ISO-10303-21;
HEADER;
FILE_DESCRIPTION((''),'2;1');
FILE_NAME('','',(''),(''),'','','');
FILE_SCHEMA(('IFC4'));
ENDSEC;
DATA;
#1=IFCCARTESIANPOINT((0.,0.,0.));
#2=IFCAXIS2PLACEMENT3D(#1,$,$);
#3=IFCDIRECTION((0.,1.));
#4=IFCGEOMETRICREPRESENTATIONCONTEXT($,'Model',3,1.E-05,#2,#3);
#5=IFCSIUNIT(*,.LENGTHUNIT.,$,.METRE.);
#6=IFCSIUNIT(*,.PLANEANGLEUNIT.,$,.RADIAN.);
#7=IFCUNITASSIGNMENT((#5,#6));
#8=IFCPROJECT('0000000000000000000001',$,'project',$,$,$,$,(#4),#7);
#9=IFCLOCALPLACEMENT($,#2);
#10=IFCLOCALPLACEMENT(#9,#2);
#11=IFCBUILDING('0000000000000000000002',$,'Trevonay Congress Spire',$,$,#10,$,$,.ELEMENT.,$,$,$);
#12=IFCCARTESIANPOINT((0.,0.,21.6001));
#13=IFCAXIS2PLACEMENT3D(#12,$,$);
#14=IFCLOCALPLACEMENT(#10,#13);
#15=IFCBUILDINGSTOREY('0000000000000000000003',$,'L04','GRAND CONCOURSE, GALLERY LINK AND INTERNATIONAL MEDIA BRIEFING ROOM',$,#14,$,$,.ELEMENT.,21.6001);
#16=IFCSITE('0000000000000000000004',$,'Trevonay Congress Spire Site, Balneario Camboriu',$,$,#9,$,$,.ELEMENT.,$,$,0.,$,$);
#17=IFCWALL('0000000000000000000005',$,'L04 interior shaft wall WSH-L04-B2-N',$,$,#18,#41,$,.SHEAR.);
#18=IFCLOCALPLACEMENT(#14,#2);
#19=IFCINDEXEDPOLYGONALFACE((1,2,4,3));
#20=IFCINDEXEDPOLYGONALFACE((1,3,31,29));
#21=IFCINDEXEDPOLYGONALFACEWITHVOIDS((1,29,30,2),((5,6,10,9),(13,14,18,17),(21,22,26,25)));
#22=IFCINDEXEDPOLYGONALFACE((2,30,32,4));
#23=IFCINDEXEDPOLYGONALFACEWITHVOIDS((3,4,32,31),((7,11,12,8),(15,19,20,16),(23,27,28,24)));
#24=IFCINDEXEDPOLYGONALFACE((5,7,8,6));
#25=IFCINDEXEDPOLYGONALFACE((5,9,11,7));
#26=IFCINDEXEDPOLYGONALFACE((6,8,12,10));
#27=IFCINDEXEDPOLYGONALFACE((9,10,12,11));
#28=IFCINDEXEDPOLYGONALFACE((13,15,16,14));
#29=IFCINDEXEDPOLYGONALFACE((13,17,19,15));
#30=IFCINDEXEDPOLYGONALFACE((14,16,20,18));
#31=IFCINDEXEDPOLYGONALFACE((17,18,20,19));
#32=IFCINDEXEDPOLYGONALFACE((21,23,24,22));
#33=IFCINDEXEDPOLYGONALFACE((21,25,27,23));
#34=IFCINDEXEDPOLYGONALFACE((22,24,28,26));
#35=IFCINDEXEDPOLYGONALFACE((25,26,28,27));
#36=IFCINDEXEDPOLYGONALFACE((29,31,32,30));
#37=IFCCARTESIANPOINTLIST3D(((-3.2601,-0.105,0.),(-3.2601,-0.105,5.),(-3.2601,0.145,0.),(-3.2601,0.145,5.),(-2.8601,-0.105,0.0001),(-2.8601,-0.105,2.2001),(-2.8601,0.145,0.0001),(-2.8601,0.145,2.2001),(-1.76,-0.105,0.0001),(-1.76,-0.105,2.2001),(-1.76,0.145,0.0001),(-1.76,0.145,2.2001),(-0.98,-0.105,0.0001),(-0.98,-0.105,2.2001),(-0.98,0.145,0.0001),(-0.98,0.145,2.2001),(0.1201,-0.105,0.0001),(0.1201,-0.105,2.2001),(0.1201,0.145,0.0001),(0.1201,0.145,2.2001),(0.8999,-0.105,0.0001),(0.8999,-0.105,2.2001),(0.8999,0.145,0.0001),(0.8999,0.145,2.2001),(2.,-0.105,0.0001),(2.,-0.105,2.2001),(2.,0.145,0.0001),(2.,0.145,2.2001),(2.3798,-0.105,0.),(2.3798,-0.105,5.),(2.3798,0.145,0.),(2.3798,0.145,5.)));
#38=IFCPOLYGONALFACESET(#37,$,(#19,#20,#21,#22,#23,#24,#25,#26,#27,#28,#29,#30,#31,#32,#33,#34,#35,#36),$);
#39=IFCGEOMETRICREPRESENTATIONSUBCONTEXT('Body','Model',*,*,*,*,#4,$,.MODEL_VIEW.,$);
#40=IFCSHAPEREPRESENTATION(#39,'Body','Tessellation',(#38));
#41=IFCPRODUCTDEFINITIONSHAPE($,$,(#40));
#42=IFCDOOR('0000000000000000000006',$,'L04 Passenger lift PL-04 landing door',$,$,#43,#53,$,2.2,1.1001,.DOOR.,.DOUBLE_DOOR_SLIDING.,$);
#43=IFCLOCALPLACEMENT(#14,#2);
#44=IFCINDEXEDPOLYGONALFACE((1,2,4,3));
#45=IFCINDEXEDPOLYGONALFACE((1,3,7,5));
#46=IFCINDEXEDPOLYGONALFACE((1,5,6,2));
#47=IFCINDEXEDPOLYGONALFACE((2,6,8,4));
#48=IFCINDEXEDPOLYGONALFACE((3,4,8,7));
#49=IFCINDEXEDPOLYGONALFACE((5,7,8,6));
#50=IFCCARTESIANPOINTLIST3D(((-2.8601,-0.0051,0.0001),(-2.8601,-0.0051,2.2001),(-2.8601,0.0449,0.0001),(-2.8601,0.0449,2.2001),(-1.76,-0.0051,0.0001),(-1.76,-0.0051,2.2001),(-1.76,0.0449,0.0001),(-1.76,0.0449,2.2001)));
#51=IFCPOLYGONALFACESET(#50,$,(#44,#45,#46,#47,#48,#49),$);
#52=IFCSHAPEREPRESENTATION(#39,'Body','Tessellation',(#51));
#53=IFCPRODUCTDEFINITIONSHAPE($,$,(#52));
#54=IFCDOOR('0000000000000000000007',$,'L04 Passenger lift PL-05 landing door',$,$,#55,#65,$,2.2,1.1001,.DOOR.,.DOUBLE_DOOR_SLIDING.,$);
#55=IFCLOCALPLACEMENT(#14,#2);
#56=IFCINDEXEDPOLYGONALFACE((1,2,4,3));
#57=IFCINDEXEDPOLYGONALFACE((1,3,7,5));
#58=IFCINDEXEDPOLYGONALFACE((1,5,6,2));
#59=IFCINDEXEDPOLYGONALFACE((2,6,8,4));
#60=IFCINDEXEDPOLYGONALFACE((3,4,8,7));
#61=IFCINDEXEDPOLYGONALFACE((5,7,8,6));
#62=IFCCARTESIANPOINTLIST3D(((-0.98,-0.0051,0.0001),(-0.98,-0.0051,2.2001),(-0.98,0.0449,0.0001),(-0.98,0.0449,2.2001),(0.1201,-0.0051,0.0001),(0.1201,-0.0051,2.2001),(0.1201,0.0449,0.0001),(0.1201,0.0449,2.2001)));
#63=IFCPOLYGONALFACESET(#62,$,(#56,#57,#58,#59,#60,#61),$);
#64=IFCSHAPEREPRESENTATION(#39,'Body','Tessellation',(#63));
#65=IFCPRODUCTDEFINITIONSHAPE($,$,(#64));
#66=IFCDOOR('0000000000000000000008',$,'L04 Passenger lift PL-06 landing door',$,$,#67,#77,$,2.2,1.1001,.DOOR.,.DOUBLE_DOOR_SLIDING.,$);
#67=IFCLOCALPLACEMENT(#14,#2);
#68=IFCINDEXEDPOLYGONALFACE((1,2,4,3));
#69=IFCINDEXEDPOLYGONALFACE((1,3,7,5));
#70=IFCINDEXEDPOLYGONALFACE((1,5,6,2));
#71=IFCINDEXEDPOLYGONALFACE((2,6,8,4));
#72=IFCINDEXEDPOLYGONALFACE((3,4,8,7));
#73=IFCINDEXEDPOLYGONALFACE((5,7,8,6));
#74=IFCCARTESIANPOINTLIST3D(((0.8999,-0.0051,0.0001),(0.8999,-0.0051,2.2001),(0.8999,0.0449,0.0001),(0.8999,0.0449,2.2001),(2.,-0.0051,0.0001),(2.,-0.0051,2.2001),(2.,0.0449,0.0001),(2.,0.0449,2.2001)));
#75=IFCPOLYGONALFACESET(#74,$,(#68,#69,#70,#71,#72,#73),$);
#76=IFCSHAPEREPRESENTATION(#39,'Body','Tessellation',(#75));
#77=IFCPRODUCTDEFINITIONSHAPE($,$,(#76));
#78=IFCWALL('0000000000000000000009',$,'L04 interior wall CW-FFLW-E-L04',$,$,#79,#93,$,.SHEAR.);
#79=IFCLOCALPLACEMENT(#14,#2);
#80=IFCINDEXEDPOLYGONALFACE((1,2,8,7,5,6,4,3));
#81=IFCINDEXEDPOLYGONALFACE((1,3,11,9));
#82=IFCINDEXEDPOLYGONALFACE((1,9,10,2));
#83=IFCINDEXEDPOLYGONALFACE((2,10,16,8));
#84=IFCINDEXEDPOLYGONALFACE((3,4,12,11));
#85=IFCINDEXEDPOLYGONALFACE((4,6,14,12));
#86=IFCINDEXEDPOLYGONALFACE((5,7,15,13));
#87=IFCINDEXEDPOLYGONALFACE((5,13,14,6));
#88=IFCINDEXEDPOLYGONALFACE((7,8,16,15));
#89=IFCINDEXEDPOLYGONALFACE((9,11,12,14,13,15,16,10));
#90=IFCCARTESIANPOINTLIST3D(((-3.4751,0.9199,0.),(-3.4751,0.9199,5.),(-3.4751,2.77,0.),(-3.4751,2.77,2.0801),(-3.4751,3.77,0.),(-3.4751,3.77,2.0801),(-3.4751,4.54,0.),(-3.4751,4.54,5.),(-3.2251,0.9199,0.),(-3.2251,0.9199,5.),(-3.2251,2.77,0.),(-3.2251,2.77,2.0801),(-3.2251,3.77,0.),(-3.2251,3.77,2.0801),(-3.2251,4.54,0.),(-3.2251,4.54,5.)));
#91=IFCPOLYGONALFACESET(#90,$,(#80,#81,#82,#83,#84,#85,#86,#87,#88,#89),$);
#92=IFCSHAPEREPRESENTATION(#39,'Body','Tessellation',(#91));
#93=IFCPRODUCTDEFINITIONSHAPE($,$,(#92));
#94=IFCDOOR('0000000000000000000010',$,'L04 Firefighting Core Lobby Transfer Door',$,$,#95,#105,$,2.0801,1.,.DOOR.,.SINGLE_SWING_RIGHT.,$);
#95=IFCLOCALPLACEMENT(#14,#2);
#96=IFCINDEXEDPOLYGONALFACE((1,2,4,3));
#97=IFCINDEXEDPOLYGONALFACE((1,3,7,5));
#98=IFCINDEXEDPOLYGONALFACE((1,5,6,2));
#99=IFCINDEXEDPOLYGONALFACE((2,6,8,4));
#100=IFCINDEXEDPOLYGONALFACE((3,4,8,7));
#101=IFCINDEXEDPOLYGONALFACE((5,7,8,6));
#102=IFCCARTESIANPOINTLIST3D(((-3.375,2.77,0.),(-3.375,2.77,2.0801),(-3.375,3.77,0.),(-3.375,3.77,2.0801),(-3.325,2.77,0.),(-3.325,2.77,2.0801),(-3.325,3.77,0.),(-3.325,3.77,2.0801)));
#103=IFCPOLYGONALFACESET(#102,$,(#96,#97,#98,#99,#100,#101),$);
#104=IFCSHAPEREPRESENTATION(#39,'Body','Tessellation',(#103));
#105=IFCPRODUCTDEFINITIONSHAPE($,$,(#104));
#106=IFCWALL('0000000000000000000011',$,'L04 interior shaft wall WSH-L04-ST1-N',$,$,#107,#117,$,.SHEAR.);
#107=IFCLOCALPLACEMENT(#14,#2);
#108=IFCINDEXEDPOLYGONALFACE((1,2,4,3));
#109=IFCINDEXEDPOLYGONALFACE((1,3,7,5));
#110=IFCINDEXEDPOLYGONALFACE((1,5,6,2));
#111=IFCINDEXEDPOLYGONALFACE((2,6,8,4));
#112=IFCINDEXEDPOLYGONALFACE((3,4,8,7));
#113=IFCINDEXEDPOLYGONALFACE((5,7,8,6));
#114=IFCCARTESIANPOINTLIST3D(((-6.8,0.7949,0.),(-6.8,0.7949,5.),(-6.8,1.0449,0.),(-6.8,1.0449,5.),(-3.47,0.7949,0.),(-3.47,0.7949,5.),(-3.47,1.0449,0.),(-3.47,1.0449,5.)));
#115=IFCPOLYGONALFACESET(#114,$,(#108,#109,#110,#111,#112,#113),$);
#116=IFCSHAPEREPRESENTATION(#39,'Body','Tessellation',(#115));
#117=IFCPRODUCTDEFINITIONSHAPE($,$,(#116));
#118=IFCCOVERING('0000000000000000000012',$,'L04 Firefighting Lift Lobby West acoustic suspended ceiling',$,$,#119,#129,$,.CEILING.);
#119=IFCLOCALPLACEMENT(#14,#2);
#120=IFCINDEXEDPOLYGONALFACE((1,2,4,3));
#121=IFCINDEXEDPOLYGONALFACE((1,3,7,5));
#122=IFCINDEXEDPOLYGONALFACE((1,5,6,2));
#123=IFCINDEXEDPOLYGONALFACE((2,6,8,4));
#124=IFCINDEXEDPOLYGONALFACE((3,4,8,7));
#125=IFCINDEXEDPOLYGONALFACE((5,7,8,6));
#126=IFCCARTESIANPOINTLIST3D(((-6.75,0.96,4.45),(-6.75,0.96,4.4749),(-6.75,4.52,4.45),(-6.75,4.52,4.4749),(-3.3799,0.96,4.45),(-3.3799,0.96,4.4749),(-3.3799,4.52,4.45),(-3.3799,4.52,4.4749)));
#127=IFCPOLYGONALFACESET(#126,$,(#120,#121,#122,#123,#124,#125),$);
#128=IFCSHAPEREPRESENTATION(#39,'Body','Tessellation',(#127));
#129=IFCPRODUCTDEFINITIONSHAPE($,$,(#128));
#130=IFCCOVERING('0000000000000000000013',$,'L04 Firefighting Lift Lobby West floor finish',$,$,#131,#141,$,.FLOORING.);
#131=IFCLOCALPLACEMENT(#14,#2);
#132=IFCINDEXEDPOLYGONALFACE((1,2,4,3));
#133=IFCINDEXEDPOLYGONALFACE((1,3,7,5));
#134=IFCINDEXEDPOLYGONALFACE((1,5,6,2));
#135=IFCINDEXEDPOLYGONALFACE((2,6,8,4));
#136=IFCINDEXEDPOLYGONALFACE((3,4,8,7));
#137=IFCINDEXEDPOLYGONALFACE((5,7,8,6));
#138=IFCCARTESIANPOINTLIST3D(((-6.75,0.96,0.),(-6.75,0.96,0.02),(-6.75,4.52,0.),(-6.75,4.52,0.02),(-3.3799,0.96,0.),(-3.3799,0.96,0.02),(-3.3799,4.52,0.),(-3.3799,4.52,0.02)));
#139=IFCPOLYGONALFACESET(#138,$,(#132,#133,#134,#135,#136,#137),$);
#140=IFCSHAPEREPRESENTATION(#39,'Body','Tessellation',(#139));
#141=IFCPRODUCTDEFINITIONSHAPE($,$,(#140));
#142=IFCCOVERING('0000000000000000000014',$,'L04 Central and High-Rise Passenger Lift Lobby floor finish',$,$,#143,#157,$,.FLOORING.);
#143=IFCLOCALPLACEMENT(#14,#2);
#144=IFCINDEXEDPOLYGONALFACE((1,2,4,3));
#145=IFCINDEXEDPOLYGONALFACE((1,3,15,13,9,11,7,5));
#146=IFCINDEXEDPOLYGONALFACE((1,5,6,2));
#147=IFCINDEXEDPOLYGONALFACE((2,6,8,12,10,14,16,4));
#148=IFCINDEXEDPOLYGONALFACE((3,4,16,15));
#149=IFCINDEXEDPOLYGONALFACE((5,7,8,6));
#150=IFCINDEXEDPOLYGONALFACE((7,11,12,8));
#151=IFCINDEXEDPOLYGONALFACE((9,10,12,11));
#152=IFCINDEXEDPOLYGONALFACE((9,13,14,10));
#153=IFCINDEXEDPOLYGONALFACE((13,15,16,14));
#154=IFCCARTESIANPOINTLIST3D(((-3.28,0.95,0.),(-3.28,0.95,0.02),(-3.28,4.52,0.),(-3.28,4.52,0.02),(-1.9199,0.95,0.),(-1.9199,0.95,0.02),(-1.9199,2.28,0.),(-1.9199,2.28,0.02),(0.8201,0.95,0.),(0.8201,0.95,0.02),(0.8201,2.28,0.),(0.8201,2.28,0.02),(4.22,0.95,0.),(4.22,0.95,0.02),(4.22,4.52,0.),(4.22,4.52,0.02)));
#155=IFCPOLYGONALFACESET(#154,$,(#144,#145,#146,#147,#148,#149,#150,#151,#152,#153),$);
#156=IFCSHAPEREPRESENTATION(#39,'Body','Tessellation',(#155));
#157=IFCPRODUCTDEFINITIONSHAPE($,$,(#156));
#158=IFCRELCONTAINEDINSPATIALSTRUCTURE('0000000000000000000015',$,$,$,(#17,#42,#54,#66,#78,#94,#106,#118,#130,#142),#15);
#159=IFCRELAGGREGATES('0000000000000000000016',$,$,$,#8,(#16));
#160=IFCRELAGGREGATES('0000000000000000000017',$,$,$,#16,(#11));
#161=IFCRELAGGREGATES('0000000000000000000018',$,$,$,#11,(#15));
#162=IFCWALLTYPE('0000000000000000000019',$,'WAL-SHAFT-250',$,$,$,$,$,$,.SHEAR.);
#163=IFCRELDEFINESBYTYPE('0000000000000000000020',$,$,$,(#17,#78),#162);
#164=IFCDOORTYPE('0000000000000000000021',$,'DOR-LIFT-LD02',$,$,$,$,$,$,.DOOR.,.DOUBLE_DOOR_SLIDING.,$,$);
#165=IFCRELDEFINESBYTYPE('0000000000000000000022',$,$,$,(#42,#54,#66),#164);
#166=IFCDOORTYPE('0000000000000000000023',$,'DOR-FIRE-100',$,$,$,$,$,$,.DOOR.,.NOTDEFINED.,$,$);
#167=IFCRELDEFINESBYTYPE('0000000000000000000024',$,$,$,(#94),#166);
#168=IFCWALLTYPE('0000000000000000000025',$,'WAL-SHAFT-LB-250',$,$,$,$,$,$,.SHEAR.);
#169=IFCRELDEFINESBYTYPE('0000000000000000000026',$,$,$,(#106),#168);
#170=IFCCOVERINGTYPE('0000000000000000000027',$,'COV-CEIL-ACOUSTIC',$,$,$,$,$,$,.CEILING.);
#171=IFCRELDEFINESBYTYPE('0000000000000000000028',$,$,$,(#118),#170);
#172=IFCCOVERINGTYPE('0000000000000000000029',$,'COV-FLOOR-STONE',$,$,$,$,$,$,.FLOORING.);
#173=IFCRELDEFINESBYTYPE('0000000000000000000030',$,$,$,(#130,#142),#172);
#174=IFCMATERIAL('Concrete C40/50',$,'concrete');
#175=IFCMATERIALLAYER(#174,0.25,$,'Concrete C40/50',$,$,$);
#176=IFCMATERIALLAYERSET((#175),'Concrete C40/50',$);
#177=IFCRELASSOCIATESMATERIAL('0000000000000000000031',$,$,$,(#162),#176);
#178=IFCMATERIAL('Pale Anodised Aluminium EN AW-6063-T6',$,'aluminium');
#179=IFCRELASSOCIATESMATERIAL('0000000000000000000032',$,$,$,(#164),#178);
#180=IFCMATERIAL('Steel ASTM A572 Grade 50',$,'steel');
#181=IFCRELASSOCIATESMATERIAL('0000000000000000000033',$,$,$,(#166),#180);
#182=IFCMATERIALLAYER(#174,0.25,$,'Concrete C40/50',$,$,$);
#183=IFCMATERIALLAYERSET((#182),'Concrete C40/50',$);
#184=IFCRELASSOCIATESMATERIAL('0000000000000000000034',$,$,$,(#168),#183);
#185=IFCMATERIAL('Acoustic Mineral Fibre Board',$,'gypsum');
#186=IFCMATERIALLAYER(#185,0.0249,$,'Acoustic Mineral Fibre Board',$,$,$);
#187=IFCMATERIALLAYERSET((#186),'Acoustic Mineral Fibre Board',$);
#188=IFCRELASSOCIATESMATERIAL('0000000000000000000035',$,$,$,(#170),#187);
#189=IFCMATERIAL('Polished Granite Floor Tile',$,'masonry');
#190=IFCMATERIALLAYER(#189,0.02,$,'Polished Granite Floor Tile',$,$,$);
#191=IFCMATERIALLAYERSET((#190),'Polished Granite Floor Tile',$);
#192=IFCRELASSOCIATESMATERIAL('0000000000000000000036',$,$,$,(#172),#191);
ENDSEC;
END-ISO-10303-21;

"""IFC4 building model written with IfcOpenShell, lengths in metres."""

from ifc_helpers import new_model, si_unit, direction, frame, frame_2d, origin, place, context, subcontext, project, spatial, polyline, rectangle, outline, extrude, material, layer, layer_set, type_object, element, fill, save


model = new_model("IFC4")

# Units and contexts
model_context = context("Model", 3, precision=1e-05, world=origin(), true_north=direction((0.0, 1.0)))
body_context = subcontext(model_context, "Body", "Model", "MODEL_VIEW")
ifc_project = project(units=[si_unit("LENGTHUNIT", "METRE"), si_unit("PLANEANGLEUNIT", "RADIAN")], contexts=[model_context])

# Site, building, storey
site_placement = place(None, origin())
site = spatial("IfcSite", under=ifc_project, at=site_placement, Name="Trevonay Congress Spire Site, Balneario Camboriu", CompositionType="ELEMENT", RefElevation=0.0)
building_placement = place(site_placement, origin())
building = spatial("IfcBuilding", under=site, at=building_placement, Name="Trevonay Congress Spire", CompositionType="ELEMENT")
storey_placement = place(building_placement, frame((0.0, 0.0, 21.6001)))
storey = spatial("IfcBuildingStorey", under=building, at=storey_placement, Name="L04", Description="GRAND CONCOURSE, GALLERY LINK AND INTERNATIONAL MEDIA BRIEFING ROOM", CompositionType="ELEMENT", Elevation=21.6001)

# Shared definitions
ifc_material_1 = material(Name="Steel ASTM A572 Grade 50", Category="steel")

# Shared definitions
ifc_material_2 = material(Name="Concrete C40/50", Category="concrete")

# Wall, openings, doors
ifc_layer_1 = layer(ifc_material_2, 0.25, Name="Concrete C40/50")
ifc_layer_set_1 = layer_set([ifc_layer_1], Name="Concrete C40/50")
wall_type_1 = type_object("IfcWallType", Name="WAL-SHAFT-250", PredefinedType="SHEAR", material=ifc_layer_set_1)
wall_1_placement = place(storey_placement, frame((-3.26, 0.02, 0.0), z_axis=(0.0, 0.0, 1.0), x_axis=(1.0, 0.0, 0.0)))
wall_1 = element("IfcWall", 1, at=wall_1_placement, inside=storey, type_object=wall_type_1, Name="L04 interior shaft wall WSH-L04-B2-N", PredefinedType="SHEAR", context=body_context, shape_type="SweptSolid", body=[
    extrude(rectangle(XDim=5.6399, YDim=0.25, at=frame_2d((2.8198, 0.0))), origin(), (0.0, 0.0, 1.0), 5.0),
])
opening_1_placement = place(wall_1_placement, frame((0.3999, 0.0, 0.0)))
opening_1 = element("IfcOpeningElement", 2, at=opening_1_placement, cuts=wall_1, PredefinedType="OPENING", context=body_context, shape_type="SweptSolid", body=[
    extrude(rectangle(XDim=1.1001, YDim=2.2, at=frame_2d((0.55, 1.1001))), frame((0.0, 0.135, 0.0), z_axis=(0.0, -1.0, 0.0), x_axis=(1.0, 0.0, 0.0)), (0.0, 0.0, 1.0), 0.27),
])
opening_2_placement = place(wall_1_placement, frame((2.28, 0.0, 0.0)))
opening_2 = element("IfcOpeningElement", 3, at=opening_2_placement, cuts=wall_1, PredefinedType="OPENING", context=body_context, shape_type="SweptSolid", body=[
    extrude(rectangle(XDim=1.1001, YDim=2.2, at=frame_2d((0.55, 1.1001))), frame((0.0, 0.135, 0.0), z_axis=(0.0, -1.0, 0.0), x_axis=(1.0, 0.0, 0.0)), (0.0, 0.0, 1.0), 0.27),
])
opening_3_placement = place(wall_1_placement, frame((4.1599, 0.0, 0.0)))
opening_3 = element("IfcOpeningElement", 4, at=opening_3_placement, cuts=wall_1, PredefinedType="OPENING", context=body_context, shape_type="SweptSolid", body=[
    extrude(rectangle(XDim=1.1001, YDim=2.2, at=frame_2d((0.55, 1.1001))), frame((0.0, 0.135, 0.0), z_axis=(0.0, -1.0, 0.0), x_axis=(1.0, 0.0, 0.0)), (0.0, 0.0, 1.0), 0.27),
])
ifc_material_3 = material(Name="Pale Anodised Aluminium EN AW-6063-T6", Category="aluminium")
door_type_1 = type_object("IfcDoorType", Name="DOR-LIFT-LD02", OperationType="DOUBLE_DOOR_SLIDING", PredefinedType="DOOR", material=ifc_material_3)
door_1_placement = place(opening_1_placement, origin())
door_1 = element("IfcDoor", 5, at=door_1_placement, inside=storey, type_object=door_type_1, Name="L04 Passenger lift PL-04 landing door", OperationType="DOUBLE_DOOR_SLIDING", OverallHeight=2.2, OverallWidth=1.1001, PredefinedType="DOOR", context=body_context, shape_type="SweptSolid", body=[
    extrude(rectangle(XDim=1.1001, YDim=2.2, at=frame_2d((0.55, 1.1001))), frame((0.0, 0.0249, 0.0), z_axis=(0.0, -1.0, 0.0), x_axis=(1.0, 0.0, 0.0)), (0.0, 0.0, 1.0), 0.05),
])
fill(opening_1, door_1)
door_2_placement = place(opening_2_placement, origin())
door_2 = element("IfcDoor", 6, at=door_2_placement, inside=storey, type_object=door_type_1, Name="L04 Passenger lift PL-05 landing door", OperationType="DOUBLE_DOOR_SLIDING", OverallHeight=2.2, OverallWidth=1.1001, PredefinedType="DOOR", context=body_context, shape_type="SweptSolid", body=[
    extrude(rectangle(XDim=1.1001, YDim=2.2, at=frame_2d((0.55, 1.1001))), frame((0.0, 0.0249, 0.0), z_axis=(0.0, -1.0, 0.0), x_axis=(1.0, 0.0, 0.0)), (0.0, 0.0, 1.0), 0.05),
])
fill(opening_2, door_2)
door_3_placement = place(opening_3_placement, origin())
door_3 = element("IfcDoor", 7, at=door_3_placement, inside=storey, type_object=door_type_1, Name="L04 Passenger lift PL-06 landing door", OperationType="DOUBLE_DOOR_SLIDING", OverallHeight=2.2, OverallWidth=1.1001, PredefinedType="DOOR", context=body_context, shape_type="SweptSolid", body=[
    extrude(rectangle(XDim=1.1001, YDim=2.2, at=frame_2d((0.55, 1.1001))), frame((0.0, 0.0249, 0.0), z_axis=(0.0, -1.0, 0.0), x_axis=(1.0, 0.0, 0.0)), (0.0, 0.0, 1.0), 0.05),
])
fill(opening_3, door_3)

# Wall, opening, door
wall_2_placement = place(storey_placement, frame((-3.3501, 0.9199, 0.0), z_axis=(0.0, 0.0, 1.0), x_axis=(0.0, 1.0, 0.0)))
wall_2 = element("IfcWall", 8, at=wall_2_placement, inside=storey, type_object=wall_type_1, Name="L04 interior wall CW-FFLW-E-L04", PredefinedType="SHEAR", context=body_context, shape_type="SweptSolid", body=[
    extrude(rectangle(XDim=3.6201, YDim=0.25, at=frame_2d((1.8101, 0.0))), origin(), (0.0, 0.0, 1.0), 5.0),
])
opening_4_placement = place(wall_2_placement, frame((1.8501, 0.0, 0.0)))
opening_4 = element("IfcOpeningElement", 9, at=opening_4_placement, cuts=wall_2, PredefinedType="OPENING", context=body_context, shape_type="SweptSolid", body=[
    extrude(rectangle(XDim=1.0, YDim=2.0801, at=frame_2d((0.5, 1.04))), frame((0.0, 0.135, 0.0), z_axis=(0.0, -1.0, 0.0), x_axis=(1.0, 0.0, 0.0)), (0.0, 0.0, 1.0), 0.27),
])
door_type_2 = type_object("IfcDoorType", Name="DOR-FIRE-100", OperationType="NOTDEFINED", PredefinedType="DOOR", material=ifc_material_1)
door_4_placement = place(opening_4_placement, origin())
door_4 = element("IfcDoor", 10, at=door_4_placement, inside=storey, type_object=door_type_2, Name="L04 Firefighting Core Lobby Transfer Door", OperationType="SINGLE_SWING_RIGHT", OverallHeight=2.0801, OverallWidth=1.0, PredefinedType="DOOR", context=body_context, shape_type="SweptSolid", body=[
    extrude(rectangle(XDim=1.0, YDim=2.0801, at=frame_2d((0.5, 1.04))), frame((0.0, 0.0249, 0.0), z_axis=(0.0, -1.0, 0.0), x_axis=(1.0, 0.0, 0.0)), (0.0, 0.0, 1.0), 0.05),
])
fill(opening_4, door_4)

# Wall
ifc_layer_2 = layer(ifc_material_2, 0.25, Name="Concrete C40/50")
ifc_layer_set_2 = layer_set([ifc_layer_2], Name="Concrete C40/50")
wall_type_2 = type_object("IfcWallType", Name="WAL-SHAFT-LB-250", PredefinedType="SHEAR", material=ifc_layer_set_2)
wall_3_placement = place(storey_placement, frame((-6.8, 0.9199, 0.0), z_axis=(0.0, 0.0, 1.0), x_axis=(1.0, 0.0, 0.0)))
element("IfcWall", 11, at=wall_3_placement, inside=storey, type_object=wall_type_2, Name="L04 interior shaft wall WSH-L04-ST1-N", PredefinedType="SHEAR", context=body_context, shape_type="SweptSolid", body=[
    extrude(rectangle(XDim=3.3301, YDim=0.25, at=frame_2d((1.665, 0.0))), origin(), (0.0, 0.0, 1.0), 5.0),
])

# Coverings
ifc_material_4 = material(Name="Acoustic Mineral Fibre Board", Category="gypsum")
ifc_layer_3 = layer(ifc_material_4, 0.0249, Name="Acoustic Mineral Fibre Board")
ifc_layer_set_3 = layer_set([ifc_layer_3], Name="Acoustic Mineral Fibre Board")
covering_type_1 = type_object("IfcCoveringType", Name="COV-CEIL-ACOUSTIC", PredefinedType="CEILING", material=ifc_layer_set_3)
covering_1_placement = place(storey_placement, frame((0.0, 0.0, 4.45)))
element("IfcCovering", 12, at=covering_1_placement, inside=storey, type_object=covering_type_1, Name="L04 Firefighting Lift Lobby West acoustic suspended ceiling", PredefinedType="CEILING", context=body_context, shape_type="SweptSolid", body=[
    extrude(outline(polyline([(-6.75, 0.96), (-3.3799, 0.96), (-3.3799, 4.52), (-6.75, 4.52), (-6.75, 0.96)])), origin(), (0.0, 0.0, 1.0), 0.0249),
])
ifc_material_5 = material(Name="Polished Granite Floor Tile", Category="masonry")
ifc_layer_4 = layer(ifc_material_5, 0.02, Name="Polished Granite Floor Tile")
ifc_layer_set_4 = layer_set([ifc_layer_4], Name="Polished Granite Floor Tile")
covering_type_2 = type_object("IfcCoveringType", Name="COV-FLOOR-STONE", PredefinedType="FLOORING", material=ifc_layer_set_4)
covering_2_placement = place(storey_placement, origin())
element("IfcCovering", 13, at=covering_2_placement, inside=storey, type_object=covering_type_2, Name="L04 Firefighting Lift Lobby West floor finish", PredefinedType="FLOORING", context=body_context, shape_type="SweptSolid", body=[
    extrude(outline(polyline([(-6.75, 0.96), (-3.3799, 0.96), (-3.3799, 4.52), (-6.75, 4.52), (-6.75, 0.96)])), origin(), (0.0, 0.0, 1.0), 0.02),
])
covering_3_placement = place(storey_placement, origin())
element("IfcCovering", 14, at=covering_3_placement, inside=storey, type_object=covering_type_2, Name="L04 Central and High-Rise Passenger Lift Lobby floor finish", PredefinedType="FLOORING", context=body_context, shape_type="SweptSolid", body=[
    extrude(outline(polyline([(-3.28, 0.95), (-1.9199, 0.95), (-1.9199, 2.28), (0.8201, 2.28), (0.8201, 0.95), (4.22, 0.95), (4.22, 4.52), (-3.28, 4.52), (-3.28, 0.95)])), origin(), (0.0, 0.0, 1.0), 0.02),
])

save(model, "model.ifc")
